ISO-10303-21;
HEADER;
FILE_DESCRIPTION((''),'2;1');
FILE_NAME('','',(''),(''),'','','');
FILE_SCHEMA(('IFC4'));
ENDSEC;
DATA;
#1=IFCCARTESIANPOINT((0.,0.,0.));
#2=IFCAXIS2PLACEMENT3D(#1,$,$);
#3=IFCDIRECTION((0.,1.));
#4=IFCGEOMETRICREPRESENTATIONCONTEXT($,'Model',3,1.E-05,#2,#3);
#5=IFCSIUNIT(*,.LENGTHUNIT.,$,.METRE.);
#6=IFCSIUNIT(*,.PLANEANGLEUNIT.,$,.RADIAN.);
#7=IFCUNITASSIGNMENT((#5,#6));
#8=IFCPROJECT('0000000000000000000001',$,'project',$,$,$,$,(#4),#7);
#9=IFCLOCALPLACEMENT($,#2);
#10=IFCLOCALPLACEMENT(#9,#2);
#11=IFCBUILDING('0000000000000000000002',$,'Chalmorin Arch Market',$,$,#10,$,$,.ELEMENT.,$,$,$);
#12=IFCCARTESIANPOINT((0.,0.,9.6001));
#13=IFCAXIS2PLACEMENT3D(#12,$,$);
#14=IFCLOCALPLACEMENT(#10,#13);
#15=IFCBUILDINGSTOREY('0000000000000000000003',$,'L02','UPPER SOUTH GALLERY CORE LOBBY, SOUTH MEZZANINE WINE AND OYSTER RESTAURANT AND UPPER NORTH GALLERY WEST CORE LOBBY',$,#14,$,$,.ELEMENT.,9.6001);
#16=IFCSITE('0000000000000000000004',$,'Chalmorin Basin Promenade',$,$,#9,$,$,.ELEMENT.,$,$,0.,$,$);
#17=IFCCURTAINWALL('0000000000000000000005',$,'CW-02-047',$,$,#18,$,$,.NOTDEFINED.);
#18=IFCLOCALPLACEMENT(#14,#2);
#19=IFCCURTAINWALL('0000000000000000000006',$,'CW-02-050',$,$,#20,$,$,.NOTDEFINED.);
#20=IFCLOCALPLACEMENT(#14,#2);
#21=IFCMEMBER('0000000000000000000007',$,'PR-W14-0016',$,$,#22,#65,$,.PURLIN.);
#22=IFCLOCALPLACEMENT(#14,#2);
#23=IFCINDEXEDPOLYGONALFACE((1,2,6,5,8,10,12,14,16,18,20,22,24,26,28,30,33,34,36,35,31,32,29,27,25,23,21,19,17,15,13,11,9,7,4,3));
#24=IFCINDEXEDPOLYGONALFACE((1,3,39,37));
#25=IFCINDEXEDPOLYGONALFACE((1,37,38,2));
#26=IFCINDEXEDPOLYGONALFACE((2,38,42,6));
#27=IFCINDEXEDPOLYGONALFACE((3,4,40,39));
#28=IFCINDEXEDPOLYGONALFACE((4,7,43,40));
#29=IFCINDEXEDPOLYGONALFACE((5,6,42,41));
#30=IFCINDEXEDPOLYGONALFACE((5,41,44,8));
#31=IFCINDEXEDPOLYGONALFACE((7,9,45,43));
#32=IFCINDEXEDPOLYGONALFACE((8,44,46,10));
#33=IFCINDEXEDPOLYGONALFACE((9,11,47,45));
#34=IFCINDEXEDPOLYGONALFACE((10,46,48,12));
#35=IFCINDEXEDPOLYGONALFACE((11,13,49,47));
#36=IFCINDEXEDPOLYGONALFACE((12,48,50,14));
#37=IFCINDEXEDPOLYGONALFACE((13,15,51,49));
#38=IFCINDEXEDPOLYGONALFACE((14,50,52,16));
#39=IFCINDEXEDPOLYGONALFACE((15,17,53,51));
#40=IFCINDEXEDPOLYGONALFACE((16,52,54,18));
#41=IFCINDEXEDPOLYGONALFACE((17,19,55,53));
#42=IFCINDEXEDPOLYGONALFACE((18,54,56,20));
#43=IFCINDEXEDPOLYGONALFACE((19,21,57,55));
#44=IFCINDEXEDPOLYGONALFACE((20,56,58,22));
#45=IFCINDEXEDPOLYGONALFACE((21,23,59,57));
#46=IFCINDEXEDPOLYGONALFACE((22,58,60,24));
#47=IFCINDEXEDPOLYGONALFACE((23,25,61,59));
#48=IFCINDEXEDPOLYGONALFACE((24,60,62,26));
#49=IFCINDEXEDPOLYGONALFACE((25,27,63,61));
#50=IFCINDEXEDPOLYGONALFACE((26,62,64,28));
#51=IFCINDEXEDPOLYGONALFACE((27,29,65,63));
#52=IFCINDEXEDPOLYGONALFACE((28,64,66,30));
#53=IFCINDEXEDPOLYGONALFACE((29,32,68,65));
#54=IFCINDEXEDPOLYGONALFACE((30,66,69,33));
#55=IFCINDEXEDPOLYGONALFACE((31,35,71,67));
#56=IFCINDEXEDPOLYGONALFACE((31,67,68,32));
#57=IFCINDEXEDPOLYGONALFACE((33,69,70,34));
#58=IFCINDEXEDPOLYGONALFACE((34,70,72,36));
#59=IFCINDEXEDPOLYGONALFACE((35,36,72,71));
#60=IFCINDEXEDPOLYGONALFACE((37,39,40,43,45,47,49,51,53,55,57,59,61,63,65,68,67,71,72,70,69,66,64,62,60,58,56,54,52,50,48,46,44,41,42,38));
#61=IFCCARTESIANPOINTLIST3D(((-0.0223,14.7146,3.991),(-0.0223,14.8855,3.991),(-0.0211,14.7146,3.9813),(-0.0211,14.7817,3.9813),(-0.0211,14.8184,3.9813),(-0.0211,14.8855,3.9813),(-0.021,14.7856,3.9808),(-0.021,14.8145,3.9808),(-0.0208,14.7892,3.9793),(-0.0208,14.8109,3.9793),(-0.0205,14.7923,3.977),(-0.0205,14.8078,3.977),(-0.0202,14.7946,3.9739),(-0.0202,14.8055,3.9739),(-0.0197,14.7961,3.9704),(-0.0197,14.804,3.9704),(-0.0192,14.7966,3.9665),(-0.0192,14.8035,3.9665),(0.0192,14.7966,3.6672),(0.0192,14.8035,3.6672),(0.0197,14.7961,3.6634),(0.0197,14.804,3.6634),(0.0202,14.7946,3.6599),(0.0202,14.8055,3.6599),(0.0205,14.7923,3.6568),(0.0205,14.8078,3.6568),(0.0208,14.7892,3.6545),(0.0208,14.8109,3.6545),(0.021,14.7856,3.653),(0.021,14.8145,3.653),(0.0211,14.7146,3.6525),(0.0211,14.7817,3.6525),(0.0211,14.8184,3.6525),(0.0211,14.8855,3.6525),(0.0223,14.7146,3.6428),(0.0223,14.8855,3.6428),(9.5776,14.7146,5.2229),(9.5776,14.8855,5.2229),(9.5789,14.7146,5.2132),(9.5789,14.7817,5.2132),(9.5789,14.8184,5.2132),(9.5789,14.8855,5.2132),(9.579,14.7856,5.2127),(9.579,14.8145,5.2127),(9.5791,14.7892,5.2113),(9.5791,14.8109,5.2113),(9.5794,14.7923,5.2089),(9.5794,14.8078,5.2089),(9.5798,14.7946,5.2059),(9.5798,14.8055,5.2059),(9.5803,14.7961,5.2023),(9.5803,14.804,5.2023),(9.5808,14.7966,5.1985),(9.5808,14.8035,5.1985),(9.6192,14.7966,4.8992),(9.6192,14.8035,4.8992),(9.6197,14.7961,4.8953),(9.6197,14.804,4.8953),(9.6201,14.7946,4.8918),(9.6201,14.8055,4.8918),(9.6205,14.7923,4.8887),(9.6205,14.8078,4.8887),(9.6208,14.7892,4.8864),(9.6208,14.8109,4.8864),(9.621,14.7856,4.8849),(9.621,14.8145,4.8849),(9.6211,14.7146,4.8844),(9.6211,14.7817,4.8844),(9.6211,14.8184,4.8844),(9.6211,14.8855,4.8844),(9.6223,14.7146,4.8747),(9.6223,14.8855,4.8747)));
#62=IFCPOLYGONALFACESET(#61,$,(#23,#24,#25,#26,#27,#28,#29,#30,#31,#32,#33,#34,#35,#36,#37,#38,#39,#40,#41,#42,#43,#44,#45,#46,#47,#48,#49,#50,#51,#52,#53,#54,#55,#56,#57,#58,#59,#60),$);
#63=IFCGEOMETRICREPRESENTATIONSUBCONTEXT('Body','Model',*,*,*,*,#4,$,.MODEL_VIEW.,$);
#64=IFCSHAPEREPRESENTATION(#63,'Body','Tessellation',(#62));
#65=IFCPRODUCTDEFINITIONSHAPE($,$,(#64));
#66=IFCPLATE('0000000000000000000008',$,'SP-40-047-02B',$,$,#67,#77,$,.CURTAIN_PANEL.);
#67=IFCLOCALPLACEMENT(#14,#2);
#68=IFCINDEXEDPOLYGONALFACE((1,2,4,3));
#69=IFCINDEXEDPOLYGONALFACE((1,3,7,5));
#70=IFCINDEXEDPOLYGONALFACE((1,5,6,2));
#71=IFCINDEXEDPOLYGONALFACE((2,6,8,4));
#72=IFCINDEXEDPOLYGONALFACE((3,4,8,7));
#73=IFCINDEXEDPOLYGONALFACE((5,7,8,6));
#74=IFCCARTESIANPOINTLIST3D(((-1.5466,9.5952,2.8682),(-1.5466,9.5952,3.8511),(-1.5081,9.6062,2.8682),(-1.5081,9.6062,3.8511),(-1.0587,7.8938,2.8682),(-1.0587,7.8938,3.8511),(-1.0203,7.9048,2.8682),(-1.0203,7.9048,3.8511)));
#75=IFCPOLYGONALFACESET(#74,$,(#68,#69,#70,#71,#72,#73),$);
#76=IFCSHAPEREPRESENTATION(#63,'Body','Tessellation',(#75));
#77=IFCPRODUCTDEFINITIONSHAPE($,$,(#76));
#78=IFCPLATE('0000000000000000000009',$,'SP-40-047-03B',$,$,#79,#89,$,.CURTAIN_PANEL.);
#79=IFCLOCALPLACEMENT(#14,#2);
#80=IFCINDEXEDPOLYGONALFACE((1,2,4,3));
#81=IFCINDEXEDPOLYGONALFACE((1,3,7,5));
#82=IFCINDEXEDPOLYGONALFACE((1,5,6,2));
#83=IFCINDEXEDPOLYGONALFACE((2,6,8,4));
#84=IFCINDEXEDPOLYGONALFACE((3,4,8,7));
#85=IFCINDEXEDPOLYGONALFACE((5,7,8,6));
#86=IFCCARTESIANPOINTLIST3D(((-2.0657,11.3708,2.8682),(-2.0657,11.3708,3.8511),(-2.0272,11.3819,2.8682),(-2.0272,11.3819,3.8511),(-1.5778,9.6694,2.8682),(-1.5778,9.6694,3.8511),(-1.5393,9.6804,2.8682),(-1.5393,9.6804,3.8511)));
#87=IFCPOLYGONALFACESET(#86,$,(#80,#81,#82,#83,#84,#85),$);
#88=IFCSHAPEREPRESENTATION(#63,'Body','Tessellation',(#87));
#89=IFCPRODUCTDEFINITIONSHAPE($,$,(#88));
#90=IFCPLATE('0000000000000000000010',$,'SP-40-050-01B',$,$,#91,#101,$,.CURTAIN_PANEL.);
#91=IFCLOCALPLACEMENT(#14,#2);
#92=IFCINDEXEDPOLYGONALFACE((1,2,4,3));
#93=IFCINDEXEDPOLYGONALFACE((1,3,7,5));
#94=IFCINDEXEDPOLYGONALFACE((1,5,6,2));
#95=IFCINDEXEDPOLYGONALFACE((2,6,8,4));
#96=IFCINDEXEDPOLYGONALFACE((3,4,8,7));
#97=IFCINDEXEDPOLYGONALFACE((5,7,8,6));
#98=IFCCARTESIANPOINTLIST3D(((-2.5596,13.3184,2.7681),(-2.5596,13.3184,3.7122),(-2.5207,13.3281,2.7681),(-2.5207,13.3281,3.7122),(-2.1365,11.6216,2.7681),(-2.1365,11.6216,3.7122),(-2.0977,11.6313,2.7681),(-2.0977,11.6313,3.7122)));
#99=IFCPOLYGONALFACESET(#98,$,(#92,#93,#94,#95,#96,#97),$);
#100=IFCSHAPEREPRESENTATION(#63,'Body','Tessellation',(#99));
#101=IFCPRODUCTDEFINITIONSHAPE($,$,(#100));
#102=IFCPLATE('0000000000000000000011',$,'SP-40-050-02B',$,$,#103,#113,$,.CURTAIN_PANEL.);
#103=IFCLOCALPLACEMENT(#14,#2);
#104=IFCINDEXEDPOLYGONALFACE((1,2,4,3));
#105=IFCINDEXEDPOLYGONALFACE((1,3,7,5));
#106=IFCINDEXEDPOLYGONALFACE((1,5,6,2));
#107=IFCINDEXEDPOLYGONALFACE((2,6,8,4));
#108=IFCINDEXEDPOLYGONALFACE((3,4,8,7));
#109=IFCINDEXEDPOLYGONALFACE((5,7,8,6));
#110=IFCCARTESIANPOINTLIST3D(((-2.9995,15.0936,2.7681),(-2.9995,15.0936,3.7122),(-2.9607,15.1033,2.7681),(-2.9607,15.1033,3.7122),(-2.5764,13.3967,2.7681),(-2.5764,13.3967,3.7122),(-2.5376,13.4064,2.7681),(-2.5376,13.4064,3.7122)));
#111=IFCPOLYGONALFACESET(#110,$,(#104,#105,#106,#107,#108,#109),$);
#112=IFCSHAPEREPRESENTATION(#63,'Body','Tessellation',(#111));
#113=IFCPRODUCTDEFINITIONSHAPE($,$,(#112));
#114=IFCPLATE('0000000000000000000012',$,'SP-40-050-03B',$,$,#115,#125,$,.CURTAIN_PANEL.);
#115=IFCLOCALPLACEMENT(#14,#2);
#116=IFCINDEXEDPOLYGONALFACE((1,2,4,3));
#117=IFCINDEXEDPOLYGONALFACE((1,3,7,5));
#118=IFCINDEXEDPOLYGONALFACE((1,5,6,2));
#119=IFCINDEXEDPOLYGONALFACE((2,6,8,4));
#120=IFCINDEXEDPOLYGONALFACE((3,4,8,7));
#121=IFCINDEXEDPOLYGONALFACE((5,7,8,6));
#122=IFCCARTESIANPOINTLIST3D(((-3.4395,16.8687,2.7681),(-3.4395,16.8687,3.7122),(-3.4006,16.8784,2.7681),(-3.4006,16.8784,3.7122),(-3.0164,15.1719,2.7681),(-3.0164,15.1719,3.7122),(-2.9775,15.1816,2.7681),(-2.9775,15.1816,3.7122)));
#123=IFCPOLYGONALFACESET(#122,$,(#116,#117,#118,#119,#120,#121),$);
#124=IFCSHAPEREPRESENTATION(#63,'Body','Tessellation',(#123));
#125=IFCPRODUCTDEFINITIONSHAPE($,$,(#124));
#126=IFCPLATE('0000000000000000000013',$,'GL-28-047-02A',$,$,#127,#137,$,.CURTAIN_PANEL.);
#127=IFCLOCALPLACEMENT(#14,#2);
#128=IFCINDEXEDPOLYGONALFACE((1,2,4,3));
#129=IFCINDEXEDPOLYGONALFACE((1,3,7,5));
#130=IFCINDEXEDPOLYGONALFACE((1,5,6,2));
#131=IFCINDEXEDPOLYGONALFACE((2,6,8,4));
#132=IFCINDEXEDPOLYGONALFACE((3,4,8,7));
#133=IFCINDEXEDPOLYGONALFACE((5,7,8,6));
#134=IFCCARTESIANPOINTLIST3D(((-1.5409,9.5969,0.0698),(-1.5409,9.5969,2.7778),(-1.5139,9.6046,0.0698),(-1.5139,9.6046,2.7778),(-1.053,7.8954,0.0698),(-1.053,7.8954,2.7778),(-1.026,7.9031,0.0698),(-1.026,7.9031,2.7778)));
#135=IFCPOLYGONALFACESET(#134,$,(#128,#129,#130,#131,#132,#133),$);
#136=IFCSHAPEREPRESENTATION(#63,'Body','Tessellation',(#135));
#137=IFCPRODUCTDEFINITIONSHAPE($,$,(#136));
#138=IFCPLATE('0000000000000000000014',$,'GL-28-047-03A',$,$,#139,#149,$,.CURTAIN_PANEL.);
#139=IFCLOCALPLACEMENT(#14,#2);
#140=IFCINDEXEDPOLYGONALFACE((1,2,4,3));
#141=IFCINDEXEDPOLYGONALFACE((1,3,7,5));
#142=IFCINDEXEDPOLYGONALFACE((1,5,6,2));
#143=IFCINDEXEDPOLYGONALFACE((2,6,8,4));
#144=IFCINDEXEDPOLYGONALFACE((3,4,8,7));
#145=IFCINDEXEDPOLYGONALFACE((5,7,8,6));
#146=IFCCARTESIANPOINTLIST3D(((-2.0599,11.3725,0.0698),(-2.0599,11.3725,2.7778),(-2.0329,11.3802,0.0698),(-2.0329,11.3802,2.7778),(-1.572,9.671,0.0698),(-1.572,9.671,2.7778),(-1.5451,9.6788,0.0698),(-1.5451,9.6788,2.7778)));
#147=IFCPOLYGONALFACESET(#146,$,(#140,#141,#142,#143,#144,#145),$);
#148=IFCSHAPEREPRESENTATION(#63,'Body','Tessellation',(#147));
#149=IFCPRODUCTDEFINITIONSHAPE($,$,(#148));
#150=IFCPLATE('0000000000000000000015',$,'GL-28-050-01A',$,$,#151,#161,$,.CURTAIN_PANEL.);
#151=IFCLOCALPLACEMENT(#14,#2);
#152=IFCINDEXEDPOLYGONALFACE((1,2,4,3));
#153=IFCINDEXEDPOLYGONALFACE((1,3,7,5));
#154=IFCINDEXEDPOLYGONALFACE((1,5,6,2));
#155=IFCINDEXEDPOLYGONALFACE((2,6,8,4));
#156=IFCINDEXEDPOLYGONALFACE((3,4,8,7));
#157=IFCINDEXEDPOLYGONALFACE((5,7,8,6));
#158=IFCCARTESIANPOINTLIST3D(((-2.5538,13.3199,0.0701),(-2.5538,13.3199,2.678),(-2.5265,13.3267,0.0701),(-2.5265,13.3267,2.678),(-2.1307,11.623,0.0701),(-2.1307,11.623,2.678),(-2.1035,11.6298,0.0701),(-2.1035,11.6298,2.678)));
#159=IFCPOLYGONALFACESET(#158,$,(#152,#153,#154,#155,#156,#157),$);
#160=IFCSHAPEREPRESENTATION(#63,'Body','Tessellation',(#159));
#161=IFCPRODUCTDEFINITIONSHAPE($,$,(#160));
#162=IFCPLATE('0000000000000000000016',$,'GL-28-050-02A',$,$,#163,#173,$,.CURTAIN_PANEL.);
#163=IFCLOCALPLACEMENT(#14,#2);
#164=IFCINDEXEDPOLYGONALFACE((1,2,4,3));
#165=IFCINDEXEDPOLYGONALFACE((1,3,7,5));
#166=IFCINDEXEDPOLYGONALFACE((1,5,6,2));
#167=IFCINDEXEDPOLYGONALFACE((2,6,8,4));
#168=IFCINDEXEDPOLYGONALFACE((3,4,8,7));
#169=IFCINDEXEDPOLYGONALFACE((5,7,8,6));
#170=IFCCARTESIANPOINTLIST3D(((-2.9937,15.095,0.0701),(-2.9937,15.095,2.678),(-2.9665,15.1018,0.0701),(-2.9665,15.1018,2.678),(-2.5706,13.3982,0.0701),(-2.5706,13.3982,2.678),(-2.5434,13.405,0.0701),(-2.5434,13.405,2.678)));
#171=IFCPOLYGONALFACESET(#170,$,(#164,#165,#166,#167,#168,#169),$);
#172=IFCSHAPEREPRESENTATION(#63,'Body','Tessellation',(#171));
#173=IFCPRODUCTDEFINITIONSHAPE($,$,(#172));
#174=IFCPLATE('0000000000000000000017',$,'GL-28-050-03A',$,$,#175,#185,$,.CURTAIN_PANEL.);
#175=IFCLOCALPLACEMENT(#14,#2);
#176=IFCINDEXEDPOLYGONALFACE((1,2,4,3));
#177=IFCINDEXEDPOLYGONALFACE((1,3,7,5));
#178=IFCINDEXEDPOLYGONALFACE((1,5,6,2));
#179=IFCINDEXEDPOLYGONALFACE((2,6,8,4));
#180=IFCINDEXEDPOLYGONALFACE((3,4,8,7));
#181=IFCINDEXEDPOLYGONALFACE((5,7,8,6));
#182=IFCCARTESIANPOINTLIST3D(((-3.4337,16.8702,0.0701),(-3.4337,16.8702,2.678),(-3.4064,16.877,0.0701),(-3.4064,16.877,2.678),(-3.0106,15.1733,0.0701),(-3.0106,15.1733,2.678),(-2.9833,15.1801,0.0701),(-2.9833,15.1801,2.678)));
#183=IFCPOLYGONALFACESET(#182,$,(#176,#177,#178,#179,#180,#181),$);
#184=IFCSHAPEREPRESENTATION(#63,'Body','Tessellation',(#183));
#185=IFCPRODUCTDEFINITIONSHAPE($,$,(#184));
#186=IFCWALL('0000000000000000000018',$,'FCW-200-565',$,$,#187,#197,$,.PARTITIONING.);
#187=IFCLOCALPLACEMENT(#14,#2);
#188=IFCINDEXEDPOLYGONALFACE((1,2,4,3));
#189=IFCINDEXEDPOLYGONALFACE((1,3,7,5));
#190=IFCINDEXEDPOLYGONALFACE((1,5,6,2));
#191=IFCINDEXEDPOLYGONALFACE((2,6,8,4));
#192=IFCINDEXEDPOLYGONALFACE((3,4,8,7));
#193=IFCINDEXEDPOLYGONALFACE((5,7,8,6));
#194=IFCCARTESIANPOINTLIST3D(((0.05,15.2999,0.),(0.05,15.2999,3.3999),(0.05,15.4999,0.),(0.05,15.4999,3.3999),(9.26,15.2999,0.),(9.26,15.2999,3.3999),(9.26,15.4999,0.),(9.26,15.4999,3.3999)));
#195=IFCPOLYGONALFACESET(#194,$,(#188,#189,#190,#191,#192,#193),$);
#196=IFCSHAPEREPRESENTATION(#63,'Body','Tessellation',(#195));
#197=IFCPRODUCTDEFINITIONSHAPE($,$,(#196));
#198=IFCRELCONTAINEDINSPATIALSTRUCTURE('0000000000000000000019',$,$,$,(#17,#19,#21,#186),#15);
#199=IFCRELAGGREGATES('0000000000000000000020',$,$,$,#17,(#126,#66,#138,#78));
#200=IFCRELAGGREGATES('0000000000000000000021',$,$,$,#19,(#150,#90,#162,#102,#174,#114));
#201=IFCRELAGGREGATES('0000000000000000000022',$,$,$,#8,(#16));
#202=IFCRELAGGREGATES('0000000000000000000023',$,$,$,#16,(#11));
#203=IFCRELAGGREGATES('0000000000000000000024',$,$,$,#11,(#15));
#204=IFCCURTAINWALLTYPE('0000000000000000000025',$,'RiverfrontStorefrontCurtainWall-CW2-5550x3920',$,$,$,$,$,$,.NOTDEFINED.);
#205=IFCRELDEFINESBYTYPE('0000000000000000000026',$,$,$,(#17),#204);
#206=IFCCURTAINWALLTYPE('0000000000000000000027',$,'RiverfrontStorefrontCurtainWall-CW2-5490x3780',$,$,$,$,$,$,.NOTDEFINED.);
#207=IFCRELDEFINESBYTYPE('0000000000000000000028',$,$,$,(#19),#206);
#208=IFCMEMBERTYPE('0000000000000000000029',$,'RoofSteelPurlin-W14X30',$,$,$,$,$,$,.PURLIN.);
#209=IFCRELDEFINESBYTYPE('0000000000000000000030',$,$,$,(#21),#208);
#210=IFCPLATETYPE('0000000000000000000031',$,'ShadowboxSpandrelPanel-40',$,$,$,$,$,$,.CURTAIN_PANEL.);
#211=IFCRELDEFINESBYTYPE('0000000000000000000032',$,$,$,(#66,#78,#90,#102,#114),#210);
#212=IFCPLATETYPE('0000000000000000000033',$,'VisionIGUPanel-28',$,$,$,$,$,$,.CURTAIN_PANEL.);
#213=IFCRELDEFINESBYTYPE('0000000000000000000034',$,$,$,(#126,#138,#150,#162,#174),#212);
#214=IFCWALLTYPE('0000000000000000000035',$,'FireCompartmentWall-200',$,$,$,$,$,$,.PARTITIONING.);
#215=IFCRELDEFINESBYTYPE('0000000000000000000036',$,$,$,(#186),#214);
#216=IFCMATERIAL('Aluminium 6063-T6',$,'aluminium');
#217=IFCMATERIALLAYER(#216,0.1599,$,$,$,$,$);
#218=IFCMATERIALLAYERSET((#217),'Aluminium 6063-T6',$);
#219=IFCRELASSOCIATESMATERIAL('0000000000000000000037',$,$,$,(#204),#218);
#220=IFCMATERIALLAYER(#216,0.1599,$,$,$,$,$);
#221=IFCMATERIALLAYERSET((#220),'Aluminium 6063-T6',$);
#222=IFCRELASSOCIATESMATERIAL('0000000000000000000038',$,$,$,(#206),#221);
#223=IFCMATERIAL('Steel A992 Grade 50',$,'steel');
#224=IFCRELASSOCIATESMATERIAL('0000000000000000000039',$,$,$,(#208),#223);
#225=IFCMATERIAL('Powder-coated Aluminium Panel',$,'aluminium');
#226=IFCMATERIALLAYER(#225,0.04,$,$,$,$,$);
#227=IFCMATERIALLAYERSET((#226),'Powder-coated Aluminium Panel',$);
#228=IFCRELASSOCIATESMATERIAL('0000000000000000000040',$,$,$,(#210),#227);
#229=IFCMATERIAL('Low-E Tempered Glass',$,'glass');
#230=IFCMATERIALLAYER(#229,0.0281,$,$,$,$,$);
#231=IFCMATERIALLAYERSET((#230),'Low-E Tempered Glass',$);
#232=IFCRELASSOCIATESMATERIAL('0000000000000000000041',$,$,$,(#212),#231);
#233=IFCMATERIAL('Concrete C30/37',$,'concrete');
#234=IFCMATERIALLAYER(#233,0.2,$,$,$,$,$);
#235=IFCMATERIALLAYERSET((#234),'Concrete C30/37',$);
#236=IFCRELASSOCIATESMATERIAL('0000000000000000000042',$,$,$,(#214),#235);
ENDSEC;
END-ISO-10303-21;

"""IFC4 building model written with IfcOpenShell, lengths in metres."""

from ifc_helpers import new_model, si_unit, direction, frame, frame_2d, origin, origin_2d, place, context, subcontext, project, spatial, rectangle, i_section, extrude, material, layer, layer_set, material_profile, profile_set, type_object, element, aggregate, save


model = new_model("IFC4")

# Units and contexts
model_context = context("Model", 3, precision=1e-05, world=origin(), true_north=direction((0.0, 1.0)))
body_context = subcontext(model_context, "Body", "Model", "MODEL_VIEW")
ifc_project = project(units=[si_unit("LENGTHUNIT", "METRE"), si_unit("PLANEANGLEUNIT", "RADIAN")], contexts=[model_context])

# Site, building, storey
site_placement = place(None, origin())
site = spatial("IfcSite", under=ifc_project, at=site_placement, Name="Chalmorin Basin Promenade", CompositionType="ELEMENT", RefElevation=0.0)
building_placement = place(site_placement, origin())
building = spatial("IfcBuilding", under=site, at=building_placement, Name="Chalmorin Arch Market", CompositionType="ELEMENT")
storey_placement = place(building_placement, frame((0.0, 0.0, 9.6001)))
storey = spatial("IfcBuildingStorey", under=building, at=storey_placement, Name="L02", Description="UPPER SOUTH GALLERY CORE LOBBY, SOUTH MEZZANINE WINE AND OYSTER RESTAURANT AND UPPER NORTH GALLERY WEST CORE LOBBY", CompositionType="ELEMENT", Elevation=9.6001)

# Curtain walls
ifc_material_1 = material(Name="Aluminium 6063-T6", Category="aluminium")
ifc_layer_1 = layer(ifc_material_1, 0.1599)
ifc_layer_set_1 = layer_set([ifc_layer_1], Name="Aluminium 6063-T6")
curtain_wall_type_1 = type_object("IfcCurtainWallType", Name="RiverfrontStorefrontCurtainWall-CW2-5550x3920", PredefinedType="NOTDEFINED", material=ifc_layer_set_1)
curtain_wall_1_placement = place(storey_placement, origin())
curtain_wall_1 = element("IfcCurtainWall", 1, at=curtain_wall_1_placement, inside=storey, type_object=curtain_wall_type_1, Name="CW-02-047", PredefinedType="NOTDEFINED")
ifc_layer_2 = layer(ifc_material_1, 0.1599)
ifc_layer_set_2 = layer_set([ifc_layer_2], Name="Aluminium 6063-T6")
curtain_wall_type_2 = type_object("IfcCurtainWallType", Name="RiverfrontStorefrontCurtainWall-CW2-5490x3780", PredefinedType="NOTDEFINED", material=ifc_layer_set_2)
curtain_wall_2_placement = place(storey_placement, origin())
curtain_wall_2 = element("IfcCurtainWall", 2, at=curtain_wall_2_placement, inside=storey, type_object=curtain_wall_type_2, Name="CW-02-050", PredefinedType="NOTDEFINED")

# Shared definitions
ifc_material_2 = material(Name="Steel A992 Grade 50", Category="steel")

# Member
ifc_material_profile_1 = material_profile(ifc_material_2, i_section(OverallWidth=0.1709, OverallDepth=0.3511, WebThickness=0.0068, FlangeThickness=0.0098, FilletRadius=0.0149, at=origin_2d()), Name="W14X30")
ifc_profile_set_1 = profile_set([ifc_material_profile_1], Name="Steel A992 Grade 50")
member_type_1 = type_object("IfcMemberType", Name="RoofSteelPurlin-W14X30", PredefinedType="PURLIN", material=ifc_profile_set_1)
member_1_placement = place(storey_placement, frame((0.0, 14.8, 3.8169), z_axis=(0.991867, 0.0, 0.127281), x_axis=(0.0, 1.0, 0.0)))
element("IfcMember", 3, at=member_1_placement, inside=storey, type_object=member_type_1, Name="PR-W14-0016", PredefinedType="PURLIN", context=body_context, shape_type="SweptSolid", body=[
    extrude(i_section(OverallWidth=0.1709, OverallDepth=0.3511, WebThickness=0.0068, FlangeThickness=0.0098, FilletRadius=0.0149, at=origin_2d()), origin(), (0.0, 0.0, 1.0), 9.6787),
])

# Plates
ifc_material_3 = material(Name="Powder-coated Aluminium Panel", Category="aluminium")
ifc_layer_3 = layer(ifc_material_3, 0.04)
ifc_layer_set_3 = layer_set([ifc_layer_3], Name="Powder-coated Aluminium Panel")
plate_type_1 = type_object("IfcPlateType", Name="ShadowboxSpandrelPanel-40", PredefinedType="CURTAIN_PANEL", material=ifc_layer_set_3)
plate_1_placement = place(storey_placement, frame((-1.2834, 8.75, 2.8682), z_axis=(0.0, 0.0, 1.0), x_axis=(-0.275637, 0.961262, 0.0)))
plate_1 = element("IfcPlate", 4, at=plate_1_placement, type_object=plate_type_1, Name="SP-40-047-02B", PredefinedType="CURTAIN_PANEL", context=body_context, shape_type="SweptSolid", body=[
    extrude(rectangle(XDim=1.77, YDim=0.04, at=origin_2d()), origin(), (0.0, 0.0, 1.0), 0.9829),
])
plate_2_placement = place(storey_placement, frame((-1.8025, 10.5256, 2.8682), z_axis=(0.0, 0.0, 1.0), x_axis=(-0.275637, 0.961262, 0.0)))
plate_2 = element("IfcPlate", 5, at=plate_2_placement, type_object=plate_type_1, Name="SP-40-047-03B", PredefinedType="CURTAIN_PANEL", context=body_context, shape_type="SweptSolid", body=[
    extrude(rectangle(XDim=1.77, YDim=0.04, at=origin_2d()), origin(), (0.0, 0.0, 1.0), 0.9829),
])
plate_3_placement = place(storey_placement, frame((-2.3286, 12.4749, 2.7681), z_axis=(0.0, 0.0, 1.0), x_axis=(-0.241922, 0.970296, 0.0)))
plate_3 = element("IfcPlate", 6, at=plate_3_placement, type_object=plate_type_1, Name="SP-40-050-01B", PredefinedType="CURTAIN_PANEL", context=body_context, shape_type="SweptSolid", body=[
    extrude(rectangle(XDim=1.7488, YDim=0.04, at=origin_2d()), origin(), (0.0, 0.0, 1.0), 0.9441),
])
plate_4_placement = place(storey_placement, frame((-2.7686, 14.25, 2.7681), z_axis=(0.0, 0.0, 1.0), x_axis=(-0.241922, 0.970296, 0.0)))
plate_4 = element("IfcPlate", 7, at=plate_4_placement, type_object=plate_type_1, Name="SP-40-050-02B", PredefinedType="CURTAIN_PANEL", context=body_context, shape_type="SweptSolid", body=[
    extrude(rectangle(XDim=1.7488, YDim=0.04, at=origin_2d()), origin(), (0.0, 0.0, 1.0), 0.9441),
])
plate_5_placement = place(storey_placement, frame((-3.2085, 16.0251, 2.7681), z_axis=(0.0, 0.0, 1.0), x_axis=(-0.241922, 0.970296, 0.0)))
plate_5 = element("IfcPlate", 8, at=plate_5_placement, type_object=plate_type_1, Name="SP-40-050-03B", PredefinedType="CURTAIN_PANEL", context=body_context, shape_type="SweptSolid", body=[
    extrude(rectangle(XDim=1.7488, YDim=0.04, at=origin_2d()), origin(), (0.0, 0.0, 1.0), 0.9441),
])
ifc_material_4 = material(Name="Low-E Tempered Glass", Category="glass")
ifc_layer_4 = layer(ifc_material_4, 0.0281)
ifc_layer_set_4 = layer_set([ifc_layer_4], Name="Low-E Tempered Glass")
plate_type_2 = type_object("IfcPlateType", Name="VisionIGUPanel-28", PredefinedType="CURTAIN_PANEL", material=ifc_layer_set_4)
plate_6_placement = place(storey_placement, frame((-1.2834, 8.75, 0.0698), z_axis=(0.0, 0.0, 1.0), x_axis=(-0.275637, 0.961262, 0.0)))
plate_6 = element("IfcPlate", 9, at=plate_6_placement, type_object=plate_type_2, Name="GL-28-047-02A", PredefinedType="CURTAIN_PANEL", context=body_context, shape_type="SweptSolid", body=[
    extrude(rectangle(XDim=1.77, YDim=0.0281, at=origin_2d()), origin(), (0.0, 0.0, 1.0), 2.708),
])
plate_7_placement = place(storey_placement, frame((-1.8025, 10.5256, 0.0698), z_axis=(0.0, 0.0, 1.0), x_axis=(-0.275637, 0.961262, 0.0)))
plate_7 = element("IfcPlate", 10, at=plate_7_placement, type_object=plate_type_2, Name="GL-28-047-03A", PredefinedType="CURTAIN_PANEL", context=body_context, shape_type="SweptSolid", body=[
    extrude(rectangle(XDim=1.77, YDim=0.0281, at=origin_2d()), origin(), (0.0, 0.0, 1.0), 2.708),
])
aggregate(curtain_wall_1, [plate_6, plate_1, plate_7, plate_2])
plate_8_placement = place(storey_placement, frame((-2.3286, 12.4749, 0.0701), z_axis=(0.0, 0.0, 1.0), x_axis=(-0.241922, 0.970296, 0.0)))
plate_8 = element("IfcPlate", 11, at=plate_8_placement, type_object=plate_type_2, Name="GL-28-050-01A", PredefinedType="CURTAIN_PANEL", context=body_context, shape_type="SweptSolid", body=[
    extrude(rectangle(XDim=1.7488, YDim=0.0281, at=origin_2d()), origin(), (0.0, 0.0, 1.0), 2.6079),
])
plate_9_placement = place(storey_placement, frame((-2.7686, 14.25, 0.0701), z_axis=(0.0, 0.0, 1.0), x_axis=(-0.241922, 0.970296, 0.0)))
plate_9 = element("IfcPlate", 12, at=plate_9_placement, type_object=plate_type_2, Name="GL-28-050-02A", PredefinedType="CURTAIN_PANEL", context=body_context, shape_type="SweptSolid", body=[
    extrude(rectangle(XDim=1.7488, YDim=0.0281, at=origin_2d()), origin(), (0.0, 0.0, 1.0), 2.6079),
])
plate_10_placement = place(storey_placement, frame((-3.2085, 16.0251, 0.0701), z_axis=(0.0, 0.0, 1.0), x_axis=(-0.241922, 0.970296, 0.0)))
plate_10 = element("IfcPlate", 13, at=plate_10_placement, type_object=plate_type_2, Name="GL-28-050-03A", PredefinedType="CURTAIN_PANEL", context=body_context, shape_type="SweptSolid", body=[
    extrude(rectangle(XDim=1.7488, YDim=0.0281, at=origin_2d()), origin(), (0.0, 0.0, 1.0), 2.6079),
])
aggregate(curtain_wall_2, [plate_8, plate_3, plate_9, plate_4, plate_10, plate_5])

# Wall
ifc_material_5 = material(Name="Concrete C30/37", Category="concrete")
ifc_layer_5 = layer(ifc_material_5, 0.2)
ifc_layer_set_5 = layer_set([ifc_layer_5], Name="Concrete C30/37")
wall_type = type_object("IfcWallType", Name="FireCompartmentWall-200", PredefinedType="PARTITIONING", material=ifc_layer_set_5)
wall_placement = place(storey_placement, frame((0.05, 15.3999, 0.0), z_axis=(0.0, 0.0, 1.0), x_axis=(1.0, 0.0, 0.0)))
element("IfcWall", 14, at=wall_placement, inside=storey, type_object=wall_type, Name="FCW-200-565", PredefinedType="PARTITIONING", context=body_context, shape_type="SweptSolid", body=[
    extrude(rectangle(XDim=9.21, YDim=0.2, at=frame_2d((4.605, 0.0))), origin(), (0.0, 0.0, 1.0), 3.3999),
])

save(model, "model.ifc")
